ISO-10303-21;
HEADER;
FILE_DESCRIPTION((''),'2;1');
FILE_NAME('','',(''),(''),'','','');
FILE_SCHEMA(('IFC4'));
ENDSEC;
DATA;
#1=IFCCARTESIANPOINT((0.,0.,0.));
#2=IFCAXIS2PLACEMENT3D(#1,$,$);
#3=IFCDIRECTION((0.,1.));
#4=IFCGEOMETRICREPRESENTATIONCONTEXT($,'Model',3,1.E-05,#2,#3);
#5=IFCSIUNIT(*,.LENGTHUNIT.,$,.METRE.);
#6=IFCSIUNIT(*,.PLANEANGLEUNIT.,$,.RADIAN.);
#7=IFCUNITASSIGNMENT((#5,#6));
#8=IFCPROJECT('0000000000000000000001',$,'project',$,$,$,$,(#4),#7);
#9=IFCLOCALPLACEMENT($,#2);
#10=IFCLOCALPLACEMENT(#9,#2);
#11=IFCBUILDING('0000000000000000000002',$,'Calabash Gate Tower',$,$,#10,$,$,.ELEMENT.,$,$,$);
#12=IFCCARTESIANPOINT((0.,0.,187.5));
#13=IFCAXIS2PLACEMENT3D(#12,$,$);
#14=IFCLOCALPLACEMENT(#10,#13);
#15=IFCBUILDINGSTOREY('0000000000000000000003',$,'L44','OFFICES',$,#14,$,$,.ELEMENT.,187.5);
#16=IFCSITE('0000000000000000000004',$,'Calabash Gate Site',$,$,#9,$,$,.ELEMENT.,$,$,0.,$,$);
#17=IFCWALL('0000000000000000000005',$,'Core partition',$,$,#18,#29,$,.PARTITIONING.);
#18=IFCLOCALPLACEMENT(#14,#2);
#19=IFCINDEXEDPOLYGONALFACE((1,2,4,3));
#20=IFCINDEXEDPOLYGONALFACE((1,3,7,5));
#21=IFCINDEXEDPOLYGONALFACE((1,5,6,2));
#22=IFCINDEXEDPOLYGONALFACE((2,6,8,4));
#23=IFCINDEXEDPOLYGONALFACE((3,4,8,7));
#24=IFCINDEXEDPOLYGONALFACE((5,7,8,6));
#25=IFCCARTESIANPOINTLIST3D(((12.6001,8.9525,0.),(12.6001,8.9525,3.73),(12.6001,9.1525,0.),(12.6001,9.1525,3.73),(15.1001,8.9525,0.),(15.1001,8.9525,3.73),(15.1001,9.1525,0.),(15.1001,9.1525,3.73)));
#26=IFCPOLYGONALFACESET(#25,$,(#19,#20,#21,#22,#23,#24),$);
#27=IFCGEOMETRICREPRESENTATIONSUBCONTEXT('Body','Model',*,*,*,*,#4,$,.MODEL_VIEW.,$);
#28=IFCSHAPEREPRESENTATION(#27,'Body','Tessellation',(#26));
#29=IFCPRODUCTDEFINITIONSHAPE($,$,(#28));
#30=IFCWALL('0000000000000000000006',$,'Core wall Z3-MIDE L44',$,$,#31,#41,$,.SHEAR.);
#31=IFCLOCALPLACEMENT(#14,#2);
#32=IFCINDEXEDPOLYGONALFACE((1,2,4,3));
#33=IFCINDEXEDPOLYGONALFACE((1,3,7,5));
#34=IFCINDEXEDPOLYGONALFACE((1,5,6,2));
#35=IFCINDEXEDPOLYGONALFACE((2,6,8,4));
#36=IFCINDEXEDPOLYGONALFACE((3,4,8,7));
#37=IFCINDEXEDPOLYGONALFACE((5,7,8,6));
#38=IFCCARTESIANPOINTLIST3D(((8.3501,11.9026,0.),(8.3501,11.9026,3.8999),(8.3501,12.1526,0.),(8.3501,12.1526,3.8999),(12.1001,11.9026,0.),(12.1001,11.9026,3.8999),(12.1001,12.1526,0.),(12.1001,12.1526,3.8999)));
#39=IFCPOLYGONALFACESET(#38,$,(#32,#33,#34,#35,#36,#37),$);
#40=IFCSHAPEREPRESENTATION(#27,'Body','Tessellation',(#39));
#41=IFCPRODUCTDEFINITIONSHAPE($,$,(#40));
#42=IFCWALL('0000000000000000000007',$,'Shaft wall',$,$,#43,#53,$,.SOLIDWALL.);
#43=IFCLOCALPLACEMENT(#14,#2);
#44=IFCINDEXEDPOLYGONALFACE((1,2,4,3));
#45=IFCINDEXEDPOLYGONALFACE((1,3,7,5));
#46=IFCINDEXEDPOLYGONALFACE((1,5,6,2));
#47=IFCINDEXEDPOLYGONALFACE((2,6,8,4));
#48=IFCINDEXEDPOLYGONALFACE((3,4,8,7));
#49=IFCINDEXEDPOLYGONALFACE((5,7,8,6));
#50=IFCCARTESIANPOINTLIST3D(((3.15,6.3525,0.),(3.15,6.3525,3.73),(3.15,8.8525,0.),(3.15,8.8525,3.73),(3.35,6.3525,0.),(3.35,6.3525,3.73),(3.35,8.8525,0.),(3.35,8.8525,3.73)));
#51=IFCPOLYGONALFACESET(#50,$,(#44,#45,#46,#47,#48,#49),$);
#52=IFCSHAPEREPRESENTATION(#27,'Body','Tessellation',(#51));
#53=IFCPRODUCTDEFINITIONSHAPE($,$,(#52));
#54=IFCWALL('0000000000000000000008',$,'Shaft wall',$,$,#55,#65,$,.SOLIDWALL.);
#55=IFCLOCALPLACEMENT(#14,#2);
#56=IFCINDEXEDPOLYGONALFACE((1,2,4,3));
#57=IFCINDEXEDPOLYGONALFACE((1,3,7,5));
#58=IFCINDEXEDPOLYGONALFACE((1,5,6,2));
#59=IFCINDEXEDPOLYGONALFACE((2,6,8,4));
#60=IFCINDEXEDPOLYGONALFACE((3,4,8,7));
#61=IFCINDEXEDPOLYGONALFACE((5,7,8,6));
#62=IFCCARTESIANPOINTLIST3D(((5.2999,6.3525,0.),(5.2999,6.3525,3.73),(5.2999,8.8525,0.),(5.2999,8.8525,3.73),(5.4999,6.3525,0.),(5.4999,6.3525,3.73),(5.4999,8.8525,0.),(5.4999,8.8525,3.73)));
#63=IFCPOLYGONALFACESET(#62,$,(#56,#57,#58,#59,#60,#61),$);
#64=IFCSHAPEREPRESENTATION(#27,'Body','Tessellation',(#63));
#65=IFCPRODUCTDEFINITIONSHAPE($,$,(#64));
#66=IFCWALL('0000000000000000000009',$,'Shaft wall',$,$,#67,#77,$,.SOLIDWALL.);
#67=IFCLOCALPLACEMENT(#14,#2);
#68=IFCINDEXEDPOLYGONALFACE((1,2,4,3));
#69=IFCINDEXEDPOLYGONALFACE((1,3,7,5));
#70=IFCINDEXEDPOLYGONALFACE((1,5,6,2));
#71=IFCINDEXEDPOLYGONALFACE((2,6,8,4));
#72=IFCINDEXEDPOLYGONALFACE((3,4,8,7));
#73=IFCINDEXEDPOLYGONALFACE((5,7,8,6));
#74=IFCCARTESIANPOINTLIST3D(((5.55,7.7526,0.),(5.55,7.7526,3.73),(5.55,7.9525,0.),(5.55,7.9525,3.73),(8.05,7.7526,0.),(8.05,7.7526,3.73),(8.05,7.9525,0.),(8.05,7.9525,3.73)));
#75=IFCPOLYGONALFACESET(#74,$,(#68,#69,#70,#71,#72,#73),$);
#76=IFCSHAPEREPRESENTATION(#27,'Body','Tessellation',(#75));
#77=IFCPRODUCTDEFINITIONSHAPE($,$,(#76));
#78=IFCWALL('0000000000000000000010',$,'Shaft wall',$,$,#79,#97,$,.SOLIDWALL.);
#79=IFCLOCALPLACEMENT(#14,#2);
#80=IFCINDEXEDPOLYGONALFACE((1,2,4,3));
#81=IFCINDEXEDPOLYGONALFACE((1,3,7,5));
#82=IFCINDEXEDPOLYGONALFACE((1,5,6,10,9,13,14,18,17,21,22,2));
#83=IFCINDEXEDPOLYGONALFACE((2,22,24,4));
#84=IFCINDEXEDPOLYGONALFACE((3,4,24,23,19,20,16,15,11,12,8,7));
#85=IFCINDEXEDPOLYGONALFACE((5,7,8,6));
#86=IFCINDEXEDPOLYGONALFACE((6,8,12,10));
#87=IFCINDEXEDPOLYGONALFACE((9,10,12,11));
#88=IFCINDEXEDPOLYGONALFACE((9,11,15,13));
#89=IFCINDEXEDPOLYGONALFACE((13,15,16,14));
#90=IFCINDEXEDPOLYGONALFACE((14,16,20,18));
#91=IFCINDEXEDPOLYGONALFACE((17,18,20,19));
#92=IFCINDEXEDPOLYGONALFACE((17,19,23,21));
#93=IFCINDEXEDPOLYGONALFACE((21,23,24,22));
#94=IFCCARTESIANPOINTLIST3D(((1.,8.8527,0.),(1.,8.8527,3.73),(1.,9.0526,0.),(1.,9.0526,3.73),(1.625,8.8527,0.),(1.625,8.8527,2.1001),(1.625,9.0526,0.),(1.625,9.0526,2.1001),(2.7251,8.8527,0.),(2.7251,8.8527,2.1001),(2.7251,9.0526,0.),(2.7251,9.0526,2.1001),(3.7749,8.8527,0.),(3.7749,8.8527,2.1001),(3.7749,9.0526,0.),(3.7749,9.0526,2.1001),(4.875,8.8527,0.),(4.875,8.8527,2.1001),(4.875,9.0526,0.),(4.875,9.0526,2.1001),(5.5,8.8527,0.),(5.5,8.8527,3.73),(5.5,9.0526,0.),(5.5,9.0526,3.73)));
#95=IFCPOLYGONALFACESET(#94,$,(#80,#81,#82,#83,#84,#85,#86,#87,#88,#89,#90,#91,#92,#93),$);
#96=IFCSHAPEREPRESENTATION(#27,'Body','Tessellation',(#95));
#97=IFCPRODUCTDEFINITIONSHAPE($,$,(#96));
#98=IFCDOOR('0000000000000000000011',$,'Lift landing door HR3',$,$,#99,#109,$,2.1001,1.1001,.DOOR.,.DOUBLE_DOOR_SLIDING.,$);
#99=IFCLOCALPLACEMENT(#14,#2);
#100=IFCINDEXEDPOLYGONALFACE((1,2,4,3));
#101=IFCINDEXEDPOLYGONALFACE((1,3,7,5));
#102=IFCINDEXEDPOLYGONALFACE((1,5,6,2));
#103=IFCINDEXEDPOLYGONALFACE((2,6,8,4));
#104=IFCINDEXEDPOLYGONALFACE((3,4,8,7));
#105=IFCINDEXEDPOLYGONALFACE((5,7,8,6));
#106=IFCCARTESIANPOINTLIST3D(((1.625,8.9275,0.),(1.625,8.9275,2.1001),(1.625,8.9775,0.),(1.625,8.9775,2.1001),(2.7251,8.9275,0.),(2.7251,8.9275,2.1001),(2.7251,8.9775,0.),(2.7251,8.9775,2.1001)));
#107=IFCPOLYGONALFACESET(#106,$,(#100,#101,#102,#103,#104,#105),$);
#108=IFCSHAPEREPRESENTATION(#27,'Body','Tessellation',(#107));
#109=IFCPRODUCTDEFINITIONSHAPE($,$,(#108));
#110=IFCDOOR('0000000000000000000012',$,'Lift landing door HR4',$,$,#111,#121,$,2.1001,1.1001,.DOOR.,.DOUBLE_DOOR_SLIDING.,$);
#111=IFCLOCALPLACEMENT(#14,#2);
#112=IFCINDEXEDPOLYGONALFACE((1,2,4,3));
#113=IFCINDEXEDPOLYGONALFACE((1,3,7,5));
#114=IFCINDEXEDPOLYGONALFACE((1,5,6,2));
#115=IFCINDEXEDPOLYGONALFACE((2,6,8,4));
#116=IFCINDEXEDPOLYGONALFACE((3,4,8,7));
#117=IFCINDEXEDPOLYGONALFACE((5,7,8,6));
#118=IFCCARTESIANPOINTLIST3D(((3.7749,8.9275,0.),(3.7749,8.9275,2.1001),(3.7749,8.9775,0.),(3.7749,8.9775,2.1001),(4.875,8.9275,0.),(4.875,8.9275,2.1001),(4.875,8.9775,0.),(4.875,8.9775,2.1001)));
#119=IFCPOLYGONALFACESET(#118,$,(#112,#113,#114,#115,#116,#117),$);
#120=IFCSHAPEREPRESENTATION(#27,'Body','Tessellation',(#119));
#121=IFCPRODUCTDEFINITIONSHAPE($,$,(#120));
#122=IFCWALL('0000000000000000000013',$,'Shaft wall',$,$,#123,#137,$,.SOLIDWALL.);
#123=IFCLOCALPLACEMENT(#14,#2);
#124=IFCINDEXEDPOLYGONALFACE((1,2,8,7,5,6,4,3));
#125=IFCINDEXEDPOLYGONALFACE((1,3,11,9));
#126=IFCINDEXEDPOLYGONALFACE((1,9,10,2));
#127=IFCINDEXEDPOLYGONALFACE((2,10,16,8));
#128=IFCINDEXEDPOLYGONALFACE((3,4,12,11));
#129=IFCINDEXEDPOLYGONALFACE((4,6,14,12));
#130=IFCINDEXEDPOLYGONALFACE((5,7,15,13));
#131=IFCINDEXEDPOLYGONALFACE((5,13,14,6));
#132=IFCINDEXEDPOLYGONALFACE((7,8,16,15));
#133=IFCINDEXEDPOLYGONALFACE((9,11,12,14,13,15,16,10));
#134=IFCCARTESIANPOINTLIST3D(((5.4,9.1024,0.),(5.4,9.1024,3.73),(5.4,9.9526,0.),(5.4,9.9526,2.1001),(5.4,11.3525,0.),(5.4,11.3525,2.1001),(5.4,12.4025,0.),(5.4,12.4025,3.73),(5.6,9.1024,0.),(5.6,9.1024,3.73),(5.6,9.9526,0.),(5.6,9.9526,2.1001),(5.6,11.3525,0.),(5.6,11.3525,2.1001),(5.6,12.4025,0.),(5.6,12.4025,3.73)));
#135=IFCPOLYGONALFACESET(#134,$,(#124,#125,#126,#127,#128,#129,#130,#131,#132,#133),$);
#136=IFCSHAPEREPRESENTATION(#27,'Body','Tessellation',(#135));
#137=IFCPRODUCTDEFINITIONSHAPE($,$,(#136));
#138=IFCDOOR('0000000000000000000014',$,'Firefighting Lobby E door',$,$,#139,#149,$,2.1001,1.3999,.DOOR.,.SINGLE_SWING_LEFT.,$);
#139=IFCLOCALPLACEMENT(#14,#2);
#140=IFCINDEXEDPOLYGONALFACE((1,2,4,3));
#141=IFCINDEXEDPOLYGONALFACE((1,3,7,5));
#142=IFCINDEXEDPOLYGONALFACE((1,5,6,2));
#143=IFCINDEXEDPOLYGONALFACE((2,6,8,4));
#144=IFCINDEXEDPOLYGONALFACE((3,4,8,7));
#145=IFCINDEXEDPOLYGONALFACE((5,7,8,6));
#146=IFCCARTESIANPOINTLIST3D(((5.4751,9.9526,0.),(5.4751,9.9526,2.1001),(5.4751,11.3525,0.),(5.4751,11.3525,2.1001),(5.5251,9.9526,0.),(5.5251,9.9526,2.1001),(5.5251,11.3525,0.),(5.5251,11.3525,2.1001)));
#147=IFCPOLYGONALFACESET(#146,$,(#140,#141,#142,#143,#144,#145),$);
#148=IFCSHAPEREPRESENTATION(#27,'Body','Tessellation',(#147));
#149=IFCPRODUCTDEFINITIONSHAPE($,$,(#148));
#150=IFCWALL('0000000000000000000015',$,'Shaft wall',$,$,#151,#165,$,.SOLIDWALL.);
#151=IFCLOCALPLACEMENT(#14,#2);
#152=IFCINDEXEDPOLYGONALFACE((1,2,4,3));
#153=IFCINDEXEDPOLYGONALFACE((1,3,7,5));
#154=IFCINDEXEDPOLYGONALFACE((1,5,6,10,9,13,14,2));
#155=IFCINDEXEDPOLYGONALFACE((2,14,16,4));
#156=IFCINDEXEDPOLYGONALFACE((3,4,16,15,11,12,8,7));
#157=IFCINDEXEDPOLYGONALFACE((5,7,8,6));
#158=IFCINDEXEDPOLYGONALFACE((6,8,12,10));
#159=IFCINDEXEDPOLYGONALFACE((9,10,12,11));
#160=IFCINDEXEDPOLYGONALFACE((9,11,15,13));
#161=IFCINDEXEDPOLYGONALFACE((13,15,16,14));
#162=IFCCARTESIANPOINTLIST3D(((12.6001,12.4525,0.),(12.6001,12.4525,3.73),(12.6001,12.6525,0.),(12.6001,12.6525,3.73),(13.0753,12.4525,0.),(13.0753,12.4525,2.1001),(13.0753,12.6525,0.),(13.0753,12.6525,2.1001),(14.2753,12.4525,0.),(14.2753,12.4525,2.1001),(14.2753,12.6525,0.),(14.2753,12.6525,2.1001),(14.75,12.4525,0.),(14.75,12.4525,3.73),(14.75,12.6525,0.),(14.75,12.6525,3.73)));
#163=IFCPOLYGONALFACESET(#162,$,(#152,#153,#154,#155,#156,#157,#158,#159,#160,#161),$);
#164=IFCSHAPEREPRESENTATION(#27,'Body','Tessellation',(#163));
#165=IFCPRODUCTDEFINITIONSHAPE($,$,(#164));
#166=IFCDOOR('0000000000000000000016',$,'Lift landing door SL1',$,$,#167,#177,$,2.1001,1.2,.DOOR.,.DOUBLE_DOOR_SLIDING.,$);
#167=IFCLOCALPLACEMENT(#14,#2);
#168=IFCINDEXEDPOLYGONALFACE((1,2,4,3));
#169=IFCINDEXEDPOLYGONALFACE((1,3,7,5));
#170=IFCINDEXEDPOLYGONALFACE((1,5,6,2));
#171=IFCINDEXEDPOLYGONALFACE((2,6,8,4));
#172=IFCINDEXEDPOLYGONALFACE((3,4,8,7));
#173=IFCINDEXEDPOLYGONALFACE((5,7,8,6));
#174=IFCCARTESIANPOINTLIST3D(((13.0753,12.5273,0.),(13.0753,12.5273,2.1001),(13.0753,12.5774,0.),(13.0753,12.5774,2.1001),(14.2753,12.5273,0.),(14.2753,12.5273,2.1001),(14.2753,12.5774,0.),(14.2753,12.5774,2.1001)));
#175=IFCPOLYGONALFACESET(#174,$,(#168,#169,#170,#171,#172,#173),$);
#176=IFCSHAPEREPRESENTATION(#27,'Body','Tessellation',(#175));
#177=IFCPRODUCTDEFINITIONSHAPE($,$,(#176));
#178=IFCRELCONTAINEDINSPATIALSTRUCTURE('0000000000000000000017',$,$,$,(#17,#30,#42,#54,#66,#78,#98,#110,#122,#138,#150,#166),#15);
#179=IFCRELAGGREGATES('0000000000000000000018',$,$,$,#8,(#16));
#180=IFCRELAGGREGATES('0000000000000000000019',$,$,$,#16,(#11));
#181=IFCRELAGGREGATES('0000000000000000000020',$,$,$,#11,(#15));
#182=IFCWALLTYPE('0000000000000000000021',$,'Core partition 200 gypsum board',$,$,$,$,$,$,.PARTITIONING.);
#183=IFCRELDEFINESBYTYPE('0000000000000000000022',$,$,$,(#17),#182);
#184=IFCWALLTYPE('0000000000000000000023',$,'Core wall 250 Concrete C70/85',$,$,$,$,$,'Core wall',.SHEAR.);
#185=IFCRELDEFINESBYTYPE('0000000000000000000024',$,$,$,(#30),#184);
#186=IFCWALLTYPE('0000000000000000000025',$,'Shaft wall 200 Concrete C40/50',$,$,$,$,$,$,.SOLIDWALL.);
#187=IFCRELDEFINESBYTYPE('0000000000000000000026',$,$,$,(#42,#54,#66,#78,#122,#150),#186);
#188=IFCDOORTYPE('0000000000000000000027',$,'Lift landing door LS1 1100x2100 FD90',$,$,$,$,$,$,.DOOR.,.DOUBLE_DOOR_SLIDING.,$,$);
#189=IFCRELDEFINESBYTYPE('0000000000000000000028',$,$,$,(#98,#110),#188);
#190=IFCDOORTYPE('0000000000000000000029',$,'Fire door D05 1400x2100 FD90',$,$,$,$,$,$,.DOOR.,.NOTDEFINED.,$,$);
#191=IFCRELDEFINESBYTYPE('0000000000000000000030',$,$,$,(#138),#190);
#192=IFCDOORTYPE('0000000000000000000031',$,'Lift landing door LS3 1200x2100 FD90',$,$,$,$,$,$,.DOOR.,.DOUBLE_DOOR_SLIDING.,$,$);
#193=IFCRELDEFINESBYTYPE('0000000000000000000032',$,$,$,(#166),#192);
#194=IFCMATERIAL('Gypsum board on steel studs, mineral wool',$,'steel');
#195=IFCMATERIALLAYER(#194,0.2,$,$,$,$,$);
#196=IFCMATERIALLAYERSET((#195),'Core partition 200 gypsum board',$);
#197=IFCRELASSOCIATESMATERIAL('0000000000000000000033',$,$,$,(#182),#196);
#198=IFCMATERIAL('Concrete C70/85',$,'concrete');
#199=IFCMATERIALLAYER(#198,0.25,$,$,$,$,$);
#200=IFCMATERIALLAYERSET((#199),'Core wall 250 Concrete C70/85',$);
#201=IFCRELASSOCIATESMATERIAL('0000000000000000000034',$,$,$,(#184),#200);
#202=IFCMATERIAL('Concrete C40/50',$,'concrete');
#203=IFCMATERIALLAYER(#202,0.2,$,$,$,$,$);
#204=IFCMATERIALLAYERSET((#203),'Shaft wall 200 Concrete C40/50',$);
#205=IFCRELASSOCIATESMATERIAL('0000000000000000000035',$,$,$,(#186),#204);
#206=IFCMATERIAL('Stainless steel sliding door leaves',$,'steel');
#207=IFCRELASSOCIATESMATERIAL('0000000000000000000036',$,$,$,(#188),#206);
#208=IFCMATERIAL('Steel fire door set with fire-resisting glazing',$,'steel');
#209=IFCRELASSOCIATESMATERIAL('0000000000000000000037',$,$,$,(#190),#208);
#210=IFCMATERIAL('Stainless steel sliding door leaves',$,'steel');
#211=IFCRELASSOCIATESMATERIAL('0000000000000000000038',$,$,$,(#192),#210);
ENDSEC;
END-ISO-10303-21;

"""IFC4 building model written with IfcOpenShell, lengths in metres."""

from ifc_helpers import new_model, si_unit, direction, frame, frame_2d, origin, place, context, subcontext, project, spatial, rectangle, extrude, material, layer, layer_set, type_object, element, fill, save


model = new_model("IFC4")

# Units and contexts
model_context = context("Model", 3, precision=1e-05, world=origin(), true_north=direction((0.0, 1.0)))
body_context = subcontext(model_context, "Body", "Model", "MODEL_VIEW")
ifc_project = project(units=[si_unit("LENGTHUNIT", "METRE"), si_unit("PLANEANGLEUNIT", "RADIAN")], contexts=[model_context])

# Site, building, storey
site_placement = place(None, origin())
site = spatial("IfcSite", under=ifc_project, at=site_placement, Name="Calabash Gate Site", CompositionType="ELEMENT", RefElevation=0.0)
building_placement = place(site_placement, origin())
building = spatial("IfcBuilding", under=site, at=building_placement, Name="Calabash Gate Tower", CompositionType="ELEMENT")
storey_placement = place(building_placement, frame((0.0, 0.0, 187.5)))
storey = spatial("IfcBuildingStorey", under=building, at=storey_placement, Name="L44", Description="OFFICES", CompositionType="ELEMENT", Elevation=187.5)

# Walls
ifc_material_1 = material(Name="Gypsum board on steel studs, mineral wool", Category="steel")
ifc_layer_1 = layer(ifc_material_1, 0.2)
ifc_layer_set_1 = layer_set([ifc_layer_1], Name="Core partition 200 gypsum board")
wall_type_1 = type_object("IfcWallType", Name="Core partition 200 gypsum board", PredefinedType="PARTITIONING", material=ifc_layer_set_1)
wall_1_placement = place(storey_placement, frame((12.6001, 9.0525, 0.0), z_axis=(0.0, 0.0, 1.0), x_axis=(1.0, 0.0, 0.0)))
element("IfcWall", 1, at=wall_1_placement, inside=storey, type_object=wall_type_1, Name="Core partition", PredefinedType="PARTITIONING", context=body_context, shape_type="SweptSolid", body=[
    extrude(rectangle(XDim=2.5, YDim=0.2, at=frame_2d((1.25, 0.0))), origin(), (0.0, 0.0, 1.0), 3.73),
])
ifc_material_2 = material(Name="Concrete C70/85", Category="concrete")
ifc_layer_2 = layer(ifc_material_2, 0.25)
ifc_layer_set_2 = layer_set([ifc_layer_2], Name="Core wall 250 Concrete C70/85")
wall_type_2 = type_object("IfcWallType", Name="Core wall 250 Concrete C70/85", ElementType="Core wall", PredefinedType="SHEAR", material=ifc_layer_set_2)
wall_2_placement = place(storey_placement, frame((8.3501, 12.0276, 0.0), z_axis=(0.0, 0.0, 1.0), x_axis=(1.0, 0.0, 0.0)))
element("IfcWall", 2, at=wall_2_placement, inside=storey, type_object=wall_type_2, Name="Core wall Z3-MIDE L44", PredefinedType="SHEAR", context=body_context, shape_type="SweptSolid", body=[
    extrude(rectangle(XDim=3.75, YDim=0.25, at=frame_2d((1.875, 0.0))), origin(), (0.0, 0.0, 1.0), 3.8999),
])
ifc_material_3 = material(Name="Concrete C40/50", Category="concrete")
ifc_layer_3 = layer(ifc_material_3, 0.2)
ifc_layer_set_3 = layer_set([ifc_layer_3], Name="Shaft wall 200 Concrete C40/50")
wall_type_3 = type_object("IfcWallType", Name="Shaft wall 200 Concrete C40/50", PredefinedType="SOLIDWALL", material=ifc_layer_set_3)
for number, where, z_axis, x_axis, name in (
    (3, (3.25, 6.3525, 0.0), (0.0, 0.0, 1.0), (0.0, 1.0, 0.0), "Shaft wall"),
    (4, (5.3999, 6.3525, 0.0), (0.0, 0.0, 1.0), (0.0, 1.0, 0.0), "Shaft wall"),
    (5, (5.55, 7.8525, 0.0), (0.0, 0.0, 1.0), (1.0, 0.0, 0.0), "Shaft wall"),
):
    element("IfcWall", number, at=place(storey_placement, frame(where, z_axis=z_axis, x_axis=x_axis)), inside=storey, type_object=wall_type_3, Name=name, PredefinedType="SOLIDWALL", context=body_context, shape_type="SweptSolid", body=[
        extrude(rectangle(XDim=2.5, YDim=0.2, at=frame_2d((1.25, 0.0))), origin(), (0.0, 0.0, 1.0), 3.73),
    ])

# Wall, openings, doors
wall_3_placement = place(storey_placement, frame((1.0, 8.9526, 0.0), z_axis=(0.0, 0.0, 1.0), x_axis=(1.0, 0.0, 0.0)))
wall_3 = element("IfcWall", 6, at=wall_3_placement, inside=storey, type_object=wall_type_3, Name="Shaft wall", PredefinedType="SOLIDWALL", context=body_context, shape_type="SweptSolid", body=[
    extrude(rectangle(XDim=4.5, YDim=0.2, at=frame_2d((2.25, 0.0))), origin(), (0.0, 0.0, 1.0), 3.73),
])
opening_1_placement = place(wall_3_placement, frame((0.625, 0.0, 0.0)))
opening_1 = element("IfcOpeningElement", 7, at=opening_1_placement, cuts=wall_3, PredefinedType="OPENING", context=body_context, shape_type="SweptSolid", body=[
    extrude(rectangle(XDim=1.1001, YDim=2.1001, at=frame_2d((0.55, 1.05))), frame((0.0, 0.1099, 0.0), z_axis=(0.0, -1.0, 0.0), x_axis=(1.0, 0.0, 0.0)), (0.0, 0.0, 1.0), 0.22),
])
opening_2_placement = place(wall_3_placement, frame((2.7749, 0.0, 0.0)))
opening_2 = element("IfcOpeningElement", 8, at=opening_2_placement, cuts=wall_3, PredefinedType="OPENING", context=body_context, shape_type="SweptSolid", body=[
    extrude(rectangle(XDim=1.1001, YDim=2.1001, at=frame_2d((0.55, 1.05))), frame((0.0, 0.1099, 0.0), z_axis=(0.0, -1.0, 0.0), x_axis=(1.0, 0.0, 0.0)), (0.0, 0.0, 1.0), 0.22),
])
ifc_material_4 = material(Name="Stainless steel sliding door leaves", Category="steel")
door_type_1 = type_object("IfcDoorType", Name="Lift landing door LS1 1100x2100 FD90", OperationType="DOUBLE_DOOR_SLIDING", PredefinedType="DOOR", material=ifc_material_4)
door_1_placement = place(opening_1_placement, origin())
door_1 = element("IfcDoor", 9, at=door_1_placement, inside=storey, type_object=door_type_1, Name="Lift landing door HR3", OperationType="DOUBLE_DOOR_SLIDING", OverallHeight=2.1001, OverallWidth=1.1001, PredefinedType="DOOR", context=body_context, shape_type="SweptSolid", body=[
    extrude(rectangle(XDim=1.1001, YDim=2.1001, at=frame_2d((0.55, 1.05))), frame((0.0, 0.0249, 0.0), z_axis=(0.0, -1.0, 0.0), x_axis=(1.0, 0.0, 0.0)), (0.0, 0.0, 1.0), 0.05),
])
fill(opening_1, door_1)
door_2_placement = place(opening_2_placement, origin())
door_2 = element("IfcDoor", 10, at=door_2_placement, inside=storey, type_object=door_type_1, Name="Lift landing door HR4", OperationType="DOUBLE_DOOR_SLIDING", OverallHeight=2.1001, OverallWidth=1.1001, PredefinedType="DOOR", context=body_context, shape_type="SweptSolid", body=[
    extrude(rectangle(XDim=1.1001, YDim=2.1001, at=frame_2d((0.55, 1.05))), frame((0.0, 0.0249, 0.0), z_axis=(0.0, -1.0, 0.0), x_axis=(1.0, 0.0, 0.0)), (0.0, 0.0, 1.0), 0.05),
])
fill(opening_2, door_2)

# Walls, openings, doors
wall_4_placement = place(storey_placement, frame((5.5, 9.1025, 0.0), z_axis=(0.0, 0.0, 1.0), x_axis=(0.0, 1.0, 0.0)))
wall_4 = element("IfcWall", 11, at=wall_4_placement, inside=storey, type_object=wall_type_3, Name="Shaft wall", PredefinedType="SOLIDWALL", context=body_context, shape_type="SweptSolid", body=[
    extrude(rectangle(XDim=3.3, YDim=0.2, at=frame_2d((1.6499, 0.0))), origin(), (0.0, 0.0, 1.0), 3.73),
])
opening_3_placement = place(wall_4_placement, frame((0.8501, 0.0, 0.0)))
opening_3 = element("IfcOpeningElement", 12, at=opening_3_placement, cuts=wall_4, PredefinedType="OPENING", context=body_context, shape_type="SweptSolid", body=[
    extrude(rectangle(XDim=1.3999, YDim=2.1001, at=frame_2d((0.7, 1.05))), frame((0.0, 0.1099, 0.0), z_axis=(0.0, -1.0, 0.0), x_axis=(1.0, 0.0, 0.0)), (0.0, 0.0, 1.0), 0.22),
])
ifc_material_5 = material(Name="Steel fire door set with fire-resisting glazing", Category="steel")
door_type_2 = type_object("IfcDoorType", Name="Fire door D05 1400x2100 FD90", OperationType="NOTDEFINED", PredefinedType="DOOR", material=ifc_material_5)
door_3_placement = place(opening_3_placement, origin())
door_3 = element("IfcDoor", 13, at=door_3_placement, inside=storey, type_object=door_type_2, Name="Firefighting Lobby E door", OperationType="SINGLE_SWING_LEFT", OverallHeight=2.1001, OverallWidth=1.3999, PredefinedType="DOOR", context=body_context, shape_type="SweptSolid", body=[
    extrude(rectangle(XDim=1.3999, YDim=2.1001, at=frame_2d((0.7, 1.05))), frame((0.0, 0.0249, 0.0), z_axis=(0.0, -1.0, 0.0), x_axis=(1.0, 0.0, 0.0)), (0.0, 0.0, 1.0), 0.05),
])
fill(opening_3, door_3)
wall_5_placement = place(storey_placement, frame((12.6001, 12.5525, 0.0), z_axis=(0.0, 0.0, 1.0), x_axis=(1.0, 0.0, 0.0)))
wall_5 = element("IfcWall", 14, at=wall_5_placement, inside=storey, type_object=wall_type_3, Name="Shaft wall", PredefinedType="SOLIDWALL", context=body_context, shape_type="SweptSolid", body=[
    extrude(rectangle(XDim=2.1499, YDim=0.2, at=frame_2d((1.075, 0.0))), origin(), (0.0, 0.0, 1.0), 3.73),
])
opening_4_placement = place(wall_5_placement, frame((0.4751, 0.0, 0.0)))
opening_4 = element("IfcOpeningElement", 15, at=opening_4_placement, cuts=wall_5, PredefinedType="OPENING", context=body_context, shape_type="SweptSolid", body=[
    extrude(rectangle(XDim=1.2, YDim=2.1001, at=frame_2d((0.6001, 1.05))), frame((0.0, 0.1099, 0.0), z_axis=(0.0, -1.0, 0.0), x_axis=(1.0, 0.0, 0.0)), (0.0, 0.0, 1.0), 0.22),
])
ifc_material_6 = material(Name="Stainless steel sliding door leaves", Category="steel")
door_type_3 = type_object("IfcDoorType", Name="Lift landing door LS3 1200x2100 FD90", OperationType="DOUBLE_DOOR_SLIDING", PredefinedType="DOOR", material=ifc_material_6)
door_4_placement = place(opening_4_placement, origin())
door_4 = element("IfcDoor", 16, at=door_4_placement, inside=storey, type_object=door_type_3, Name="Lift landing door SL1", OperationType="DOUBLE_DOOR_SLIDING", OverallHeight=2.1001, OverallWidth=1.2, PredefinedType="DOOR", context=body_context, shape_type="SweptSolid", body=[
    extrude(rectangle(XDim=1.2, YDim=2.1001, at=frame_2d((0.6001, 1.05))), frame((0.0, 0.0249, 0.0), z_axis=(0.0, -1.0, 0.0), x_axis=(1.0, 0.0, 0.0)), (0.0, 0.0, 1.0), 0.05),
])
fill(opening_4, door_4)

save(model, "model.ifc")
